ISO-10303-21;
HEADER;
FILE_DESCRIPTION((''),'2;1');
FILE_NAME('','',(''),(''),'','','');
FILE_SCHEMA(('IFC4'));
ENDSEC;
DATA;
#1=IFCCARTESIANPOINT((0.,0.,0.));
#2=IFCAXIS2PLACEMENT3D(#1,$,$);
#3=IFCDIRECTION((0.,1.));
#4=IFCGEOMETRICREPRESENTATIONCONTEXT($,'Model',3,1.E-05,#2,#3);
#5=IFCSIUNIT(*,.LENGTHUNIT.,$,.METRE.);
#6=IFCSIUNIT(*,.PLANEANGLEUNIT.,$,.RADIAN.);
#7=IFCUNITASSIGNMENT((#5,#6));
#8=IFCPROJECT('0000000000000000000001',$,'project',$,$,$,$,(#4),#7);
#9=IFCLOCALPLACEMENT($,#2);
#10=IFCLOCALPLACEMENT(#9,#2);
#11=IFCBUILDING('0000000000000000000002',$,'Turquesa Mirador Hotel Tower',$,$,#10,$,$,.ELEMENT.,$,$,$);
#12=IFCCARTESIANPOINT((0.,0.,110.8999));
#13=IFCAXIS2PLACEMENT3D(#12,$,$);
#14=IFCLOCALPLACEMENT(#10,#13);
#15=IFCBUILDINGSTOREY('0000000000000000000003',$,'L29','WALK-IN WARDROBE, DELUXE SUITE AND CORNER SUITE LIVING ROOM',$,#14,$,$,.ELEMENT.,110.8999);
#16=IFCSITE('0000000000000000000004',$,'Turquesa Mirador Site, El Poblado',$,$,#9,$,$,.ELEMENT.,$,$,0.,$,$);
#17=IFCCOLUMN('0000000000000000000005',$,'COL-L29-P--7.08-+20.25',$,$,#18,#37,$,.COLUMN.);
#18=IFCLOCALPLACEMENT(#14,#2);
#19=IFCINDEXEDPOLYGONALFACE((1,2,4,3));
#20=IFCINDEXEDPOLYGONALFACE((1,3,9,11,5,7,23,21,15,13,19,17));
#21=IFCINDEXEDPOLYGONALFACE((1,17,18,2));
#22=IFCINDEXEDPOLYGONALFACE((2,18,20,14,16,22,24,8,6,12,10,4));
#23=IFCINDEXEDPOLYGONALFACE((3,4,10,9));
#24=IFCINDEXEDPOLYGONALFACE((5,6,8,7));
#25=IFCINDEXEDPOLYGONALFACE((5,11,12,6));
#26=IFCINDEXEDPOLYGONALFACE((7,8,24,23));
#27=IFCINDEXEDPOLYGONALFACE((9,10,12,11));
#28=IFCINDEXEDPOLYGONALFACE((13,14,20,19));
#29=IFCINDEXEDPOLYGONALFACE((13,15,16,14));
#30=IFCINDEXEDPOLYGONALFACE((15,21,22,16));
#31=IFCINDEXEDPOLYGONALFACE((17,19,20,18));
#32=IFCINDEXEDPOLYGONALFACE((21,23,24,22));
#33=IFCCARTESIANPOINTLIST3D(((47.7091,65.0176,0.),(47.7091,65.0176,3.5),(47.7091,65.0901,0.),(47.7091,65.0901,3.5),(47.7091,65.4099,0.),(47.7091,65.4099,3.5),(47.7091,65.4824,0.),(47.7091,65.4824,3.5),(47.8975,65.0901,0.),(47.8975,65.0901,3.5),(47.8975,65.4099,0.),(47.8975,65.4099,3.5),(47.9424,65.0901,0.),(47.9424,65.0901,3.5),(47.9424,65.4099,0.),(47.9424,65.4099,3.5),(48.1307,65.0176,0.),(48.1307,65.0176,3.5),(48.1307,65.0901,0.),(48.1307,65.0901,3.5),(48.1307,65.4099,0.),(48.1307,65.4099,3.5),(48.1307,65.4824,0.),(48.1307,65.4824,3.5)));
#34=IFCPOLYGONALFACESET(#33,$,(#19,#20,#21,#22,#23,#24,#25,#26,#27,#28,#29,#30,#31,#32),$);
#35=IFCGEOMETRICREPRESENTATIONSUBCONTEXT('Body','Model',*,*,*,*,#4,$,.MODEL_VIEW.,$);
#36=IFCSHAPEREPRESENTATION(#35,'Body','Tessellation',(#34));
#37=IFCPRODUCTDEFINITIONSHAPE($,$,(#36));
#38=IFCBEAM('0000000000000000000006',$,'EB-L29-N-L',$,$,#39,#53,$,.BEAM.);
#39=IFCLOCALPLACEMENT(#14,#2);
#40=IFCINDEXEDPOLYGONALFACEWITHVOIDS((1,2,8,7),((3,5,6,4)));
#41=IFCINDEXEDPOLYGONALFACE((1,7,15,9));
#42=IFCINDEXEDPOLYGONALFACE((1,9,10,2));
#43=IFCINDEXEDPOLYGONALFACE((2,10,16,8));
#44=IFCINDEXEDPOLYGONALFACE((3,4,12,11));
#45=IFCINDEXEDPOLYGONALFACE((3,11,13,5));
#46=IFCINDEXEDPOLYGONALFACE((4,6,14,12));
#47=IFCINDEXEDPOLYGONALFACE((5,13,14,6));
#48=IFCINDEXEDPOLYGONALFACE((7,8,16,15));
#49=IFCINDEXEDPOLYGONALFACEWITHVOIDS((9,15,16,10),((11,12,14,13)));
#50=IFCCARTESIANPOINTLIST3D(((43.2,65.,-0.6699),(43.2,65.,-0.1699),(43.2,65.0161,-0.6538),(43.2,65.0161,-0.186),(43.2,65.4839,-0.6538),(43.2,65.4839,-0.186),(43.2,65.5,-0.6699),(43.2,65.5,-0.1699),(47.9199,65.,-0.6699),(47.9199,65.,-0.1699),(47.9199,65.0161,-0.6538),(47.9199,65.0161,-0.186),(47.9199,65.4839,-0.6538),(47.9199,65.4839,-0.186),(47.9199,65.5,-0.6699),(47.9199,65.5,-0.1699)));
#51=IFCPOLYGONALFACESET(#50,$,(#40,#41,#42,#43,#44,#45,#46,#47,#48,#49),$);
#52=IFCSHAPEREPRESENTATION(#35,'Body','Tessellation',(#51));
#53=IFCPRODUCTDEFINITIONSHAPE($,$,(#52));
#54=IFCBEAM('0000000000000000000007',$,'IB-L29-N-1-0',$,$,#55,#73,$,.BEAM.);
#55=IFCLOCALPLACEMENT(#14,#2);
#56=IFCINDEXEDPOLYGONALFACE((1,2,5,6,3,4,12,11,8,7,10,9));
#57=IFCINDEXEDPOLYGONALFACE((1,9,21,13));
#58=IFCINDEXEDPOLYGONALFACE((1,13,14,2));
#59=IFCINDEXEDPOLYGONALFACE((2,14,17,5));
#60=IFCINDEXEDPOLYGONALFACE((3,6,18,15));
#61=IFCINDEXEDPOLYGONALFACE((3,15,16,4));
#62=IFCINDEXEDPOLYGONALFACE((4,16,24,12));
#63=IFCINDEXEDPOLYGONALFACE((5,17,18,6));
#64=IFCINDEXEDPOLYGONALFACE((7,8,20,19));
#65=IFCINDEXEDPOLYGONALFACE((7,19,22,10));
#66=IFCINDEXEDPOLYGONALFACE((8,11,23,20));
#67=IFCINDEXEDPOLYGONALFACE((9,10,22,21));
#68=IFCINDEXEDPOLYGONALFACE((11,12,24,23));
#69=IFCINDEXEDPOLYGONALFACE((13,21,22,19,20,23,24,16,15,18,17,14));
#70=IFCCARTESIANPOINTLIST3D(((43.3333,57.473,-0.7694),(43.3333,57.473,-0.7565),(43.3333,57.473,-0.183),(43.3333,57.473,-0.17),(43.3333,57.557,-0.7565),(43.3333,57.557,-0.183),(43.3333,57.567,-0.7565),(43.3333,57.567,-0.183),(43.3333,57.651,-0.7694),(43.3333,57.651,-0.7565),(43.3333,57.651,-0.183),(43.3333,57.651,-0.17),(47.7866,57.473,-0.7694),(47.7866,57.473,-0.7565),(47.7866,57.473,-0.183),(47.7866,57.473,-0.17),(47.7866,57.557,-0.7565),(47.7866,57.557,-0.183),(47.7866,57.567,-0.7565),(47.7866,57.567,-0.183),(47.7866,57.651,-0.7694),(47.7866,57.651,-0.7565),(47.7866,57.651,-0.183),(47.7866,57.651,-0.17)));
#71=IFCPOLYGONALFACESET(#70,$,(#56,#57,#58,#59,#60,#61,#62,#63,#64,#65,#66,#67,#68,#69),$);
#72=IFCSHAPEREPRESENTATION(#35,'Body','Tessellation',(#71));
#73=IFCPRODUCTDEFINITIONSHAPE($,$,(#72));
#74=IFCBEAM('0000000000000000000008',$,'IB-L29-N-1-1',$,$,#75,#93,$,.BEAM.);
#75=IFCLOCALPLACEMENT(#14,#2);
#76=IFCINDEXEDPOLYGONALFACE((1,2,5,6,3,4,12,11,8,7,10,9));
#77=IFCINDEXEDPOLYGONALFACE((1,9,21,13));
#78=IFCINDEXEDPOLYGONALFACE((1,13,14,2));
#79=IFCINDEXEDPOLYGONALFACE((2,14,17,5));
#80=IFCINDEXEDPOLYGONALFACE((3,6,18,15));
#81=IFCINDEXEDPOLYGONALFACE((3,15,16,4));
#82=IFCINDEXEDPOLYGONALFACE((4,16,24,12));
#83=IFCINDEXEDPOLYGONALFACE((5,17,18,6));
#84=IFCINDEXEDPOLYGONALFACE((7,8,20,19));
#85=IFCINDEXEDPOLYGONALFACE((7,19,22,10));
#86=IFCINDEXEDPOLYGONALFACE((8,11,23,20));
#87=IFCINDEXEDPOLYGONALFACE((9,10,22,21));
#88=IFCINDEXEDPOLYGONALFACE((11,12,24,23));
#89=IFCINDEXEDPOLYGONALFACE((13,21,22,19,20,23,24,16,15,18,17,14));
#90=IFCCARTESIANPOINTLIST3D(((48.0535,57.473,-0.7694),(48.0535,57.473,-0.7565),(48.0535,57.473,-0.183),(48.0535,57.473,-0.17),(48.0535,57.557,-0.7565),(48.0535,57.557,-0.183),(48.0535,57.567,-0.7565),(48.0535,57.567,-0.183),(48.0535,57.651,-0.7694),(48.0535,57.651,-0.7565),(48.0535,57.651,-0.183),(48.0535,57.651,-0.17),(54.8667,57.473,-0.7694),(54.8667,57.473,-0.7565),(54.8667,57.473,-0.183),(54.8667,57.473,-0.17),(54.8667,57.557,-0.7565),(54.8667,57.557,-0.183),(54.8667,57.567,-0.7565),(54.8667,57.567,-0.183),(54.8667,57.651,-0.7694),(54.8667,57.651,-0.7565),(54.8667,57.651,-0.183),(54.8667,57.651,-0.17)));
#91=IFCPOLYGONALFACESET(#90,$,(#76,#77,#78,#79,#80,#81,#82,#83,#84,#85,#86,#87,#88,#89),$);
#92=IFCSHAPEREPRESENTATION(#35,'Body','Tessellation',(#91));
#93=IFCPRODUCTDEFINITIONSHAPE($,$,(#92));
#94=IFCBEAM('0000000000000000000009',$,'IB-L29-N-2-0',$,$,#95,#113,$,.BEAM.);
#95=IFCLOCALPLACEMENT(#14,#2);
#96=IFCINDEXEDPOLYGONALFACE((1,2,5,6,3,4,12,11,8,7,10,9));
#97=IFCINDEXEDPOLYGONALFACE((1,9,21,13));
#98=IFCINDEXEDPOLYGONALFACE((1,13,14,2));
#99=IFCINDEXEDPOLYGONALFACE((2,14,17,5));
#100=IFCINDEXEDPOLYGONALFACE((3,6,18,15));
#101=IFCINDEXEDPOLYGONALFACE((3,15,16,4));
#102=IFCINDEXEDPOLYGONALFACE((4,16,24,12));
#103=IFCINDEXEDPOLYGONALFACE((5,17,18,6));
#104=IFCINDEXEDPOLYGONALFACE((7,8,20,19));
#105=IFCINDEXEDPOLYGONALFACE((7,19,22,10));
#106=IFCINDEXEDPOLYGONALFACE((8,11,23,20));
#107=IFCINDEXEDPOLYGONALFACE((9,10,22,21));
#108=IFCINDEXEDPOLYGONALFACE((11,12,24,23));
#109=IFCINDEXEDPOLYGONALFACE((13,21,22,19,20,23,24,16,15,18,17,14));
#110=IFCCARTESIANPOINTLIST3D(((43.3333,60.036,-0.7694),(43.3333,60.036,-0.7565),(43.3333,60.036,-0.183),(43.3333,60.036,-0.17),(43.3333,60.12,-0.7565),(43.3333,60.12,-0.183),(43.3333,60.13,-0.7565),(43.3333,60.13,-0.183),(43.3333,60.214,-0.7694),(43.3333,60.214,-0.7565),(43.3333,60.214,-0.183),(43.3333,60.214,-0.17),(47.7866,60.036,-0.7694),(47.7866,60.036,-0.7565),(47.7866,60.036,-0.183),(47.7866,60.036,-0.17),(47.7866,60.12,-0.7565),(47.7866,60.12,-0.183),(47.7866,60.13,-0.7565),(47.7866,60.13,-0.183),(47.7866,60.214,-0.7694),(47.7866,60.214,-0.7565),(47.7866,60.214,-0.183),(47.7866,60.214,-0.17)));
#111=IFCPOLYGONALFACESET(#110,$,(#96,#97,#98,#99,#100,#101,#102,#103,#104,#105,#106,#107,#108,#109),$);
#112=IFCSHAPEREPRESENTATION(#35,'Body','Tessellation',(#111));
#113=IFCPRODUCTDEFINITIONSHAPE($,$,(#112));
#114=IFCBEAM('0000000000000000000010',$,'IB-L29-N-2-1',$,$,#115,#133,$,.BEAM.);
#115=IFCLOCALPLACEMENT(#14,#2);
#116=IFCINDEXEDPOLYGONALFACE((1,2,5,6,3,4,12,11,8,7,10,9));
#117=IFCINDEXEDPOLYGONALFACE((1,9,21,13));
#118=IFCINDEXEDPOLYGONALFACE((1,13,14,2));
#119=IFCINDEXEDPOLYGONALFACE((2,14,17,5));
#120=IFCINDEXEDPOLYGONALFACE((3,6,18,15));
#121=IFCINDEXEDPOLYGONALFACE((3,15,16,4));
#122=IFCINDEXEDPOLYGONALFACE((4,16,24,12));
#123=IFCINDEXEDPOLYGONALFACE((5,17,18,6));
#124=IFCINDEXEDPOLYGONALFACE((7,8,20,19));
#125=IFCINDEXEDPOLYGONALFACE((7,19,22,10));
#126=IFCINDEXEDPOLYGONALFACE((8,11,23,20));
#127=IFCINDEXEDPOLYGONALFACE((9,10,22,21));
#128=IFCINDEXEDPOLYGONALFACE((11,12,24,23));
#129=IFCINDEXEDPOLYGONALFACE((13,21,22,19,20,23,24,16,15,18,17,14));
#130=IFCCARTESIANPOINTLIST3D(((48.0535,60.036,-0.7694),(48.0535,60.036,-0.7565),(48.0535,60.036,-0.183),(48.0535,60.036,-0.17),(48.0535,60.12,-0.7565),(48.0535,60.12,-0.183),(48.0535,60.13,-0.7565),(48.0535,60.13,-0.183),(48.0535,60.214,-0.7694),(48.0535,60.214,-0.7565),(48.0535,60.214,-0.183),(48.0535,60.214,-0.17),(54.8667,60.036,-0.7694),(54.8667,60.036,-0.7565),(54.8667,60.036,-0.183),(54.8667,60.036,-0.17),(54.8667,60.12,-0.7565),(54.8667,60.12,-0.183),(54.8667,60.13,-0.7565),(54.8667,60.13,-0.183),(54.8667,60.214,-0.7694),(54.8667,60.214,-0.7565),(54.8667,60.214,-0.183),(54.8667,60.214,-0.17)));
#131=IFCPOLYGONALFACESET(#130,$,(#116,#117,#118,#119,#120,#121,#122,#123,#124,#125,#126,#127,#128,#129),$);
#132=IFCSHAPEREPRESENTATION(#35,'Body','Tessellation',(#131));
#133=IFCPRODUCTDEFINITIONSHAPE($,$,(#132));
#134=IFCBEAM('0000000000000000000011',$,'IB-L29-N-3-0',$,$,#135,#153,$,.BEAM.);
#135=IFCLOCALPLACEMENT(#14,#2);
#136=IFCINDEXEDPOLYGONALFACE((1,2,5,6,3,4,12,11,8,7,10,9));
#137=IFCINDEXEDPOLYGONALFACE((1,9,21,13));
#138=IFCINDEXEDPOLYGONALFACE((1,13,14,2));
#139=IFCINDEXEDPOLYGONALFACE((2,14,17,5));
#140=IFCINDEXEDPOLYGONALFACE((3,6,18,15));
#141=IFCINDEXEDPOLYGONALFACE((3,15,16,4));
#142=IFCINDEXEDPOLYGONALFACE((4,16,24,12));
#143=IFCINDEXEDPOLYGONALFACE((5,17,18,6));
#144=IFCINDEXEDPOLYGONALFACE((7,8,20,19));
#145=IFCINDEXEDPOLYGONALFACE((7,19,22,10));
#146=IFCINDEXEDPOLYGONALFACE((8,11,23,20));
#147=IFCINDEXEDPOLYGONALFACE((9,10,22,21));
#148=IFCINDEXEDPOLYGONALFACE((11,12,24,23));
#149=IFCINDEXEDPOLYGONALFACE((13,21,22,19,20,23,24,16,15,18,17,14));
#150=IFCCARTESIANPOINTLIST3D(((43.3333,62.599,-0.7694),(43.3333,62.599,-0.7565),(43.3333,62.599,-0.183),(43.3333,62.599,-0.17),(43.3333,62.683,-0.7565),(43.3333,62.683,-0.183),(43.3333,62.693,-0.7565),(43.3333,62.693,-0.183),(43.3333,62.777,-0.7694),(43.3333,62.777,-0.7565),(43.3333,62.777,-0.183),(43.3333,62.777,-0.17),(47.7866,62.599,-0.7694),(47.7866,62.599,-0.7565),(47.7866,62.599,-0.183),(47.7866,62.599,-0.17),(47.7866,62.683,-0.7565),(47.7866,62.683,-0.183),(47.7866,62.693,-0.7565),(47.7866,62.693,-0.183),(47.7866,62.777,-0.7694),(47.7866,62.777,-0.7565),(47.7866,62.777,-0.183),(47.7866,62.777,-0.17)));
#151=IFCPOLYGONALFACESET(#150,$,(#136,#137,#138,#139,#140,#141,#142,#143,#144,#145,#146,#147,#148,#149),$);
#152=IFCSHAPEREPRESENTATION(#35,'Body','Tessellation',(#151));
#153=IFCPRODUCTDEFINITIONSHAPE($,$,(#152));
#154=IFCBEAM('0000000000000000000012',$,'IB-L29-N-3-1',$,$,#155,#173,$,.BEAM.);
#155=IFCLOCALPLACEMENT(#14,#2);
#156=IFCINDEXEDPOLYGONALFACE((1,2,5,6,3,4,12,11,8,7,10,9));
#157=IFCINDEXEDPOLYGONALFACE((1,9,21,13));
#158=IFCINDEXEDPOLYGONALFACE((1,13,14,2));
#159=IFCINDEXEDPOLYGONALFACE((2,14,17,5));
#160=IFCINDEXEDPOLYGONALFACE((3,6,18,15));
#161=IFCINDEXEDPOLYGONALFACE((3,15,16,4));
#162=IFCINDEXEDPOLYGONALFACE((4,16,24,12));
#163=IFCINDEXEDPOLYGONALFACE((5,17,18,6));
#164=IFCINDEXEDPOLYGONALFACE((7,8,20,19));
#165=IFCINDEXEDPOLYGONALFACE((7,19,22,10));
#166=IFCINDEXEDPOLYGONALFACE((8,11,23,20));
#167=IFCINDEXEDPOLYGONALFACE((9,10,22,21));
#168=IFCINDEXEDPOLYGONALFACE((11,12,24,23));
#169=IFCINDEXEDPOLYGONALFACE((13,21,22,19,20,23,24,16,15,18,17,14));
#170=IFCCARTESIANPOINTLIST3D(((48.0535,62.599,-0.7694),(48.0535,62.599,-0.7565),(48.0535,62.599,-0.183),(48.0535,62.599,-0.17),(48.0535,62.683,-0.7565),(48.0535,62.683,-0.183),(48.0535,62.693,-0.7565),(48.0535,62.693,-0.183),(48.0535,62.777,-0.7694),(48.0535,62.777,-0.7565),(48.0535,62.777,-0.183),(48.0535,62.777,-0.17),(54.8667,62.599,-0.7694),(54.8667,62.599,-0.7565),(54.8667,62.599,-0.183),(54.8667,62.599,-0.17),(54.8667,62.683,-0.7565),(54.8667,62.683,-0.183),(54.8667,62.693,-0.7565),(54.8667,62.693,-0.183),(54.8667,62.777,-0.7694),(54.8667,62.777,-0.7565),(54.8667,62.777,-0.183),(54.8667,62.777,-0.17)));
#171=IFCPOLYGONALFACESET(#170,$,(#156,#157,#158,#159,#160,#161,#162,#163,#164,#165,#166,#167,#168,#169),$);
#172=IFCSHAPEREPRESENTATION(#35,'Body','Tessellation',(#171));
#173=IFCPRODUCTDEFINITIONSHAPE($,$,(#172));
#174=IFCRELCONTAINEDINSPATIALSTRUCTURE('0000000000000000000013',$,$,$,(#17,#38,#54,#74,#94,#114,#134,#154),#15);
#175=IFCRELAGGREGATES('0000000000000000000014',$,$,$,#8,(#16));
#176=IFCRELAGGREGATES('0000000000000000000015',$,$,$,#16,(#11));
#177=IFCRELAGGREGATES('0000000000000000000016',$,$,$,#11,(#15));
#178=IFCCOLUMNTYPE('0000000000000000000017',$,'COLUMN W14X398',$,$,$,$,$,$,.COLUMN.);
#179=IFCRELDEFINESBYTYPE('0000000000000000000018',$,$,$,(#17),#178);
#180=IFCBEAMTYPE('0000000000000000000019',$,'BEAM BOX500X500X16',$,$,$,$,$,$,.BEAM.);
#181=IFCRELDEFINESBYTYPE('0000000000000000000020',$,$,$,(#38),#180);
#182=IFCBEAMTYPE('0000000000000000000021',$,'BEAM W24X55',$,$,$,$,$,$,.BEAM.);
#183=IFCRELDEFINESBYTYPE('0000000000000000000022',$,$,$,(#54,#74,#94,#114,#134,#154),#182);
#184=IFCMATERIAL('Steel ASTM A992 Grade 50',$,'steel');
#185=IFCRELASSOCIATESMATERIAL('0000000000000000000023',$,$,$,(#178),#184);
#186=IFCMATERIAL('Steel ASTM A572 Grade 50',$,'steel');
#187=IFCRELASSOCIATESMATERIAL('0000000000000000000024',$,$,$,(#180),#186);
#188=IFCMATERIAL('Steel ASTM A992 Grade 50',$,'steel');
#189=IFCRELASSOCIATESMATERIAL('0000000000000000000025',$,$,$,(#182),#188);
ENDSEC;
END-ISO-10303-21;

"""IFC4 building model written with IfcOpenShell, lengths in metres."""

from ifc_helpers import new_model, si_unit, direction, frame, origin, origin_2d, place, context, subcontext, project, spatial, hollow_rectangle, i_section, extrude, material, material_profile, profile_set, type_object, element, save


model = new_model("IFC4")

# Units and contexts
model_context = context("Model", 3, precision=1e-05, world=origin(), true_north=direction((0.0, 1.0)))
body_context = subcontext(model_context, "Body", "Model", "MODEL_VIEW")
ifc_project = project(units=[si_unit("LENGTHUNIT", "METRE"), si_unit("PLANEANGLEUNIT", "RADIAN")], contexts=[model_context])

# Site, building, storey
site_placement = place(None, origin())
site = spatial("IfcSite", under=ifc_project, at=site_placement, Name="Turquesa Mirador Site, El Poblado", CompositionType="ELEMENT", RefElevation=0.0)
building_placement = place(site_placement, origin())
building = spatial("IfcBuilding", under=site, at=building_placement, Name="Turquesa Mirador Hotel Tower", CompositionType="ELEMENT")
storey_placement = place(building_placement, frame((0.0, 0.0, 110.8999)))
storey = spatial("IfcBuildingStorey", under=building, at=storey_placement, Name="L29", Description="WALK-IN WARDROBE, DELUXE SUITE AND CORNER SUITE LIVING ROOM", CompositionType="ELEMENT", Elevation=110.8999)

# Column
ifc_material_1 = material(Name="Steel ASTM A992 Grade 50", Category="steel")
ifc_material_profile_1 = material_profile(ifc_material_1, i_section(OverallWidth=0.4216, OverallDepth=0.4648, WebThickness=0.0449, FlangeThickness=0.0725, at=origin_2d()), Name="W14X398")
ifc_profile_set_1 = profile_set([ifc_material_profile_1], Name="Steel ASTM A992 Grade 50")
column_type = type_object("IfcColumnType", Name="COLUMN W14X398", PredefinedType="COLUMN", material=ifc_profile_set_1)
column_placement = place(storey_placement, frame((47.9199, 65.25, 0.0), z_axis=(0.0, 0.0, 1.0), x_axis=(1.0, 0.0, 0.0)))
element("IfcColumn", 1, at=column_placement, inside=storey, type_object=column_type, Name="COL-L29-P--7.08-+20.25", PredefinedType="COLUMN", context=body_context, shape_type="SweptSolid", body=[
    extrude(i_section(OverallWidth=0.4216, OverallDepth=0.4648, WebThickness=0.0449, FlangeThickness=0.0725, at=origin_2d()), origin(), (0.0, 0.0, 1.0), 3.5),
])

# Beams
ifc_material_2 = material(Name="Steel ASTM A572 Grade 50", Category="steel")
ifc_material_profile_2 = material_profile(ifc_material_2, hollow_rectangle(XDim=0.5, YDim=0.5, WallThickness=0.0161, at=origin_2d()), Name="BOX500X500X16")
ifc_profile_set_2 = profile_set([ifc_material_profile_2], Name="Steel ASTM A572 Grade 50")
beam_type_1 = type_object("IfcBeamType", Name="BEAM BOX500X500X16", PredefinedType="BEAM", material=ifc_profile_set_2)
beam_1_placement = place(storey_placement, frame((43.2, 65.25, -0.4199), z_axis=(1.0, 0.0, 0.0), x_axis=(0.0, 1.0, 0.0)))
element("IfcBeam", 2, at=beam_1_placement, inside=storey, type_object=beam_type_1, Name="EB-L29-N-L", PredefinedType="BEAM", context=body_context, shape_type="SweptSolid", body=[
    extrude(hollow_rectangle(XDim=0.5, YDim=0.5, WallThickness=0.0161, at=origin_2d()), origin(), (0.0, 0.0, 1.0), 4.72),
])
ifc_material_3 = material(Name="Steel ASTM A992 Grade 50", Category="steel")
ifc_material_profile_3 = material_profile(ifc_material_3, i_section(OverallWidth=0.178, OverallDepth=0.5994, WebThickness=0.01, FlangeThickness=0.0129, at=origin_2d()), Name="W24X55")
ifc_profile_set_3 = profile_set([ifc_material_profile_3], Name="Steel ASTM A992 Grade 50")
beam_type_2 = type_object("IfcBeamType", Name="BEAM W24X55", PredefinedType="BEAM", material=ifc_profile_set_3)
beam_2_placement = place(storey_placement, frame((43.3333, 57.562, -0.4697), z_axis=(1.0, 0.0, 0.0), x_axis=(0.0, 1.0, 0.0)))
element("IfcBeam", 3, at=beam_2_placement, inside=storey, type_object=beam_type_2, Name="IB-L29-N-1-0", PredefinedType="BEAM", context=body_context, shape_type="SweptSolid", body=[
    extrude(i_section(OverallWidth=0.178, OverallDepth=0.5994, WebThickness=0.01, FlangeThickness=0.0129, at=origin_2d()), origin(), (0.0, 0.0, 1.0), 4.4534),
])
beam_3_placement = place(storey_placement, frame((48.0535, 57.562, -0.4697), z_axis=(1.0, 0.0, 0.0), x_axis=(0.0, 1.0, 0.0)))
element("IfcBeam", 4, at=beam_3_placement, inside=storey, type_object=beam_type_2, Name="IB-L29-N-1-1", PredefinedType="BEAM", context=body_context, shape_type="SweptSolid", body=[
    extrude(i_section(OverallWidth=0.178, OverallDepth=0.5994, WebThickness=0.01, FlangeThickness=0.0129, at=origin_2d()), origin(), (0.0, 0.0, 1.0), 6.8132),
])
beam_4_placement = place(storey_placement, frame((43.3333, 60.125, -0.4697), z_axis=(1.0, 0.0, 0.0), x_axis=(0.0, 1.0, 0.0)))
element("IfcBeam", 5, at=beam_4_placement, inside=storey, type_object=beam_type_2, Name="IB-L29-N-2-0", PredefinedType="BEAM", context=body_context, shape_type="SweptSolid", body=[
    extrude(i_section(OverallWidth=0.178, OverallDepth=0.5994, WebThickness=0.01, FlangeThickness=0.0129, at=origin_2d()), origin(), (0.0, 0.0, 1.0), 4.4534),
])
beam_5_placement = place(storey_placement, frame((48.0535, 60.125, -0.4697), z_axis=(1.0, 0.0, 0.0), x_axis=(0.0, 1.0, 0.0)))
element("IfcBeam", 6, at=beam_5_placement, inside=storey, type_object=beam_type_2, Name="IB-L29-N-2-1", PredefinedType="BEAM", context=body_context, shape_type="SweptSolid", body=[
    extrude(i_section(OverallWidth=0.178, OverallDepth=0.5994, WebThickness=0.01, FlangeThickness=0.0129, at=origin_2d()), origin(), (0.0, 0.0, 1.0), 6.8132),
])
beam_6_placement = place(storey_placement, frame((43.3333, 62.688, -0.4697), z_axis=(1.0, 0.0, 0.0), x_axis=(0.0, 1.0, 0.0)))
element("IfcBeam", 7, at=beam_6_placement, inside=storey, type_object=beam_type_2, Name="IB-L29-N-3-0", PredefinedType="BEAM", context=body_context, shape_type="SweptSolid", body=[
    extrude(i_section(OverallWidth=0.178, OverallDepth=0.5994, WebThickness=0.01, FlangeThickness=0.0129, at=origin_2d()), origin(), (0.0, 0.0, 1.0), 4.4534),
])
beam_7_placement = place(storey_placement, frame((48.0535, 62.688, -0.4697), z_axis=(1.0, 0.0, 0.0), x_axis=(0.0, 1.0, 0.0)))
element("IfcBeam", 8, at=beam_7_placement, inside=storey, type_object=beam_type_2, Name="IB-L29-N-3-1", PredefinedType="BEAM", context=body_context, shape_type="SweptSolid", body=[
    extrude(i_section(OverallWidth=0.178, OverallDepth=0.5994, WebThickness=0.01, FlangeThickness=0.0129, at=origin_2d()), origin(), (0.0, 0.0, 1.0), 6.8132),
])

save(model, "model.ifc")
